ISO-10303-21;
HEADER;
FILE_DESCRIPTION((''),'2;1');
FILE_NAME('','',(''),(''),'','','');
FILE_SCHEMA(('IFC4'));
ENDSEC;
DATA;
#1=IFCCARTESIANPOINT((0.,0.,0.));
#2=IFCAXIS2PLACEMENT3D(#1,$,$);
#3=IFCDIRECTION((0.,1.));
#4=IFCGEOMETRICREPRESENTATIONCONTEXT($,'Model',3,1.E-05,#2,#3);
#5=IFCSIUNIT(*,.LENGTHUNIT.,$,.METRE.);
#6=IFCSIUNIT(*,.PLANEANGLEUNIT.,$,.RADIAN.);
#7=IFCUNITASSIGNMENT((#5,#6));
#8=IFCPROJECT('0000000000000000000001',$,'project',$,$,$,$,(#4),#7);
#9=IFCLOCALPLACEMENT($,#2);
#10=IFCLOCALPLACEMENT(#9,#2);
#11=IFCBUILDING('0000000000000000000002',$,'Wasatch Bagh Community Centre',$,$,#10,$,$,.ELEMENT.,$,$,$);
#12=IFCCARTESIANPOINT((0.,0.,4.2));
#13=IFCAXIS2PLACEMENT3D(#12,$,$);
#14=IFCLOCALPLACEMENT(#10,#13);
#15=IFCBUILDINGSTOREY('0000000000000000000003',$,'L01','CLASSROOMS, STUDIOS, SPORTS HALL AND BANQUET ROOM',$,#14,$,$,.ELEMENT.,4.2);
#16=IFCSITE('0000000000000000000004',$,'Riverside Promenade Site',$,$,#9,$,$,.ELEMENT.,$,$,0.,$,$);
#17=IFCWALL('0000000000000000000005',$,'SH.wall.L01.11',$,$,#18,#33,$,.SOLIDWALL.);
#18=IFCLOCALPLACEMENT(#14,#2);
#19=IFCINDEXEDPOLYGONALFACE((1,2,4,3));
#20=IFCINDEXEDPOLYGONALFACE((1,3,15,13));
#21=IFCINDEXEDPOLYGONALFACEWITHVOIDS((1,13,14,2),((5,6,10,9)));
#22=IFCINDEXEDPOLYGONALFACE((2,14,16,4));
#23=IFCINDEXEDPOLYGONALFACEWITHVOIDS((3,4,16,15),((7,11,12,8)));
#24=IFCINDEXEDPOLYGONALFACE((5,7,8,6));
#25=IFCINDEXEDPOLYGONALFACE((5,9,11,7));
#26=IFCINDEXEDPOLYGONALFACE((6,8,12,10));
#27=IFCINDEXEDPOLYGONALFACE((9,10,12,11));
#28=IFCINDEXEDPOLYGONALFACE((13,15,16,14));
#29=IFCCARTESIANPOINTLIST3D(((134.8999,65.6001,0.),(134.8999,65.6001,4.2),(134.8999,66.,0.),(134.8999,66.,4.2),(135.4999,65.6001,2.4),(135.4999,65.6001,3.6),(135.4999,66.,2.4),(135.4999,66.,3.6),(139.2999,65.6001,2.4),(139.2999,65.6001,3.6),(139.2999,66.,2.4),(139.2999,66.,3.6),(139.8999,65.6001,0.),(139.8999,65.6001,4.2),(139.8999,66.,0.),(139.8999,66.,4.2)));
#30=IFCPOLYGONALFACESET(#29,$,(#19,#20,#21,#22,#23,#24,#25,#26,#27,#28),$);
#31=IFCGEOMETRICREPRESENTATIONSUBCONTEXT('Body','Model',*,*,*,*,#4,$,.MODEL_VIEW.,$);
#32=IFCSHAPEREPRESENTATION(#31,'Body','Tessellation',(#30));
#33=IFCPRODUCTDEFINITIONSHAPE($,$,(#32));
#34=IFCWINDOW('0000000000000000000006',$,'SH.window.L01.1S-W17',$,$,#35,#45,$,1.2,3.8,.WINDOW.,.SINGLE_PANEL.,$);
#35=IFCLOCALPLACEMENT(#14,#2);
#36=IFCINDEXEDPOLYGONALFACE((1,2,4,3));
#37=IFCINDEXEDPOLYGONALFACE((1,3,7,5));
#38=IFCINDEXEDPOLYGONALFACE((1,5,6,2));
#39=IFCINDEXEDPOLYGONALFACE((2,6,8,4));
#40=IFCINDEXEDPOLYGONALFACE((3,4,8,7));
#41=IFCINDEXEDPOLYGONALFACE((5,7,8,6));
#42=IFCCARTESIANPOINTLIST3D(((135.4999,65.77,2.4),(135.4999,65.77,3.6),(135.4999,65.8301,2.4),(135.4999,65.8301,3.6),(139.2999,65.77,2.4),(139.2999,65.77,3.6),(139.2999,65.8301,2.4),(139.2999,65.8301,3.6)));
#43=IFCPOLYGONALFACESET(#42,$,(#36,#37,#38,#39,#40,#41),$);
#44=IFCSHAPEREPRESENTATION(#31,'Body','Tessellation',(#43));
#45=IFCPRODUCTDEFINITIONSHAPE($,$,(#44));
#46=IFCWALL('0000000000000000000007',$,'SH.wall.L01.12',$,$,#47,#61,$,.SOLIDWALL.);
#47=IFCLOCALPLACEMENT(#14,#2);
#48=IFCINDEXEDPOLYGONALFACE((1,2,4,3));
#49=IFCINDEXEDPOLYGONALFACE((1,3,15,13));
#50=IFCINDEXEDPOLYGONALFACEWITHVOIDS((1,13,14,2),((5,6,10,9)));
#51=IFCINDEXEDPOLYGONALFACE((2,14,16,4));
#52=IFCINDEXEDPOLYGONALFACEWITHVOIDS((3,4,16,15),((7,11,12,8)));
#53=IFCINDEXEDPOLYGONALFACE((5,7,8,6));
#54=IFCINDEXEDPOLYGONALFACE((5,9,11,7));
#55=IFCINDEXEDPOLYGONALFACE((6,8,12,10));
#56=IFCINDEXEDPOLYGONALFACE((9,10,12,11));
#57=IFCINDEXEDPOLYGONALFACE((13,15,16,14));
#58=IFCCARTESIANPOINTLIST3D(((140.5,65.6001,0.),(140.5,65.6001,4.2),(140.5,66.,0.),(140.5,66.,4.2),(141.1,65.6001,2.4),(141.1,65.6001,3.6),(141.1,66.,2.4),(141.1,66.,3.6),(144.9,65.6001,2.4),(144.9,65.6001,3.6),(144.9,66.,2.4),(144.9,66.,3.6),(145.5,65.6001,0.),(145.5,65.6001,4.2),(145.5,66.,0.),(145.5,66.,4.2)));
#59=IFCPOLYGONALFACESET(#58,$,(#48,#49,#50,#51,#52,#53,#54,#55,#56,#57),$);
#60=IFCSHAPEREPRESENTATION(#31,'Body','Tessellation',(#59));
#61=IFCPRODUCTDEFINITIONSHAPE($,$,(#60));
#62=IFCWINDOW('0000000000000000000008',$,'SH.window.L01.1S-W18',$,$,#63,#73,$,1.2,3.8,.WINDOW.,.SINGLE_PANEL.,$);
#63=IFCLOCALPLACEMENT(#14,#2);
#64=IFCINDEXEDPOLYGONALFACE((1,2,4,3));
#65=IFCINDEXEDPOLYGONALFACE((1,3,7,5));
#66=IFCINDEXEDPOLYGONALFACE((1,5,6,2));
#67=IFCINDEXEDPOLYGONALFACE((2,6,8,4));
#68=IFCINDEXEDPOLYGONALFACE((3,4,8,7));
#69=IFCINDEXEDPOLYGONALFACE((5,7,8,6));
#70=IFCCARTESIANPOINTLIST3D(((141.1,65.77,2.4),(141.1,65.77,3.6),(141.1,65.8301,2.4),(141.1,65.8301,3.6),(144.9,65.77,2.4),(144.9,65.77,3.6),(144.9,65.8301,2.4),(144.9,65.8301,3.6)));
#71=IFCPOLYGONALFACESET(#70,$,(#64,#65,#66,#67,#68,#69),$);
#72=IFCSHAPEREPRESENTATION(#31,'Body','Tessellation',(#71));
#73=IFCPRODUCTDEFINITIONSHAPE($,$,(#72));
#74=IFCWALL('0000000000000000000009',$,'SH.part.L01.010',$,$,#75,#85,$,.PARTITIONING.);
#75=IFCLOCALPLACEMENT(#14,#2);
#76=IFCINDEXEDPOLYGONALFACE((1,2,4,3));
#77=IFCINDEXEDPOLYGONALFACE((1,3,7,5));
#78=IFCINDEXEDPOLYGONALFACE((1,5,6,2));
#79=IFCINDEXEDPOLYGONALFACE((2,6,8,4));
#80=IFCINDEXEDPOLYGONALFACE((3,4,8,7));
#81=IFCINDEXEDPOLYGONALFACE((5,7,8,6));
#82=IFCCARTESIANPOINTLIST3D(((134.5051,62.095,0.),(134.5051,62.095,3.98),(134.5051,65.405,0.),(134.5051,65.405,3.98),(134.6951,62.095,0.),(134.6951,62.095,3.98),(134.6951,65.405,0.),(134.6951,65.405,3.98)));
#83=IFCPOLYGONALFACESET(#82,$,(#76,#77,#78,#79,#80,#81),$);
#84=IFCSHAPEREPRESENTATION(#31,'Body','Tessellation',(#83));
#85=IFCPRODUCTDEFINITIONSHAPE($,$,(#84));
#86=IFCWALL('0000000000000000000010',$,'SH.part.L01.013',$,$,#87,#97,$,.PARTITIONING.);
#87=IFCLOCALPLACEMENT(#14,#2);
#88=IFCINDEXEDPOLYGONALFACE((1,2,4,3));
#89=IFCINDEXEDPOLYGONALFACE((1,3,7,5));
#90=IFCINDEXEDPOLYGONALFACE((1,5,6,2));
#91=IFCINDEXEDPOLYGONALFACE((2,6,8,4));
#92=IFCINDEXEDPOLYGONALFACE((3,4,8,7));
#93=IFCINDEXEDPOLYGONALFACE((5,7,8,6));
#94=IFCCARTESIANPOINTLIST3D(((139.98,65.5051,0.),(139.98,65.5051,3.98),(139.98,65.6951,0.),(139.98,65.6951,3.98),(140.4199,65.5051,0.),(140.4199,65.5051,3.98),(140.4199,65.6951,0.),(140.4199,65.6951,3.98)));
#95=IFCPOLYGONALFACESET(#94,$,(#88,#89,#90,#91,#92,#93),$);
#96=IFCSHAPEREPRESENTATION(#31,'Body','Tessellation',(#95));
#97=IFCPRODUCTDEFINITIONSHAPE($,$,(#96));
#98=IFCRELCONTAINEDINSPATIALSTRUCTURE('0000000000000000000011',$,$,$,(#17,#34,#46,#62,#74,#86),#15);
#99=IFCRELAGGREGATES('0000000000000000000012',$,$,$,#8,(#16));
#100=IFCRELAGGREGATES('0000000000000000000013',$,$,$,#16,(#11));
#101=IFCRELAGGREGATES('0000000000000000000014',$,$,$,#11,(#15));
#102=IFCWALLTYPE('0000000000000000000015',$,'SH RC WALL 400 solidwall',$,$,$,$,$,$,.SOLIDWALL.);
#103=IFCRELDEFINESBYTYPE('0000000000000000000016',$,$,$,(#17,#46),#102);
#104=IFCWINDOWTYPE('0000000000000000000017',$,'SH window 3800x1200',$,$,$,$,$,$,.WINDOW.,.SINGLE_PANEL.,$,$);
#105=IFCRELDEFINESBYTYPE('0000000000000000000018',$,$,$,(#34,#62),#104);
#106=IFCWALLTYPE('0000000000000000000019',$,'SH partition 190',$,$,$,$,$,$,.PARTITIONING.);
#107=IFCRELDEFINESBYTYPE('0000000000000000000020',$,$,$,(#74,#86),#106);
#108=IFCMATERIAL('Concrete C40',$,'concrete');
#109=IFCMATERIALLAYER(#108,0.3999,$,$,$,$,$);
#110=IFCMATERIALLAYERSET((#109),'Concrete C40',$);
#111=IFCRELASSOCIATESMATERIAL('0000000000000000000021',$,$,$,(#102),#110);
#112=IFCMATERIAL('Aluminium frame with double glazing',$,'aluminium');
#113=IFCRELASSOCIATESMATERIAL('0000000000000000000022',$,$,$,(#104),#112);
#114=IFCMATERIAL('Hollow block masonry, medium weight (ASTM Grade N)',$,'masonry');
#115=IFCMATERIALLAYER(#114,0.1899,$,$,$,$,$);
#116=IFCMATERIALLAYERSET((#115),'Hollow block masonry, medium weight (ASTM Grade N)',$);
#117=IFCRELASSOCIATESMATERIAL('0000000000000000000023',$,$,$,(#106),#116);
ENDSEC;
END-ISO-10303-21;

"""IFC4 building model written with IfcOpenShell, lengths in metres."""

from ifc_helpers import new_model, si_unit, direction, frame, frame_2d, origin, place, context, subcontext, project, spatial, rectangle, extrude, material, layer, layer_set, type_object, element, fill, save


model = new_model("IFC4")

# Units and contexts
model_context = context("Model", 3, precision=1e-05, world=origin(), true_north=direction((0.0, 1.0)))
body_context = subcontext(model_context, "Body", "Model", "MODEL_VIEW")
ifc_project = project(units=[si_unit("LENGTHUNIT", "METRE"), si_unit("PLANEANGLEUNIT", "RADIAN")], contexts=[model_context])

# Site, building, storey
site_placement = place(None, origin())
site = spatial("IfcSite", under=ifc_project, at=site_placement, Name="Riverside Promenade Site", CompositionType="ELEMENT", RefElevation=0.0)
building_placement = place(site_placement, origin())
building = spatial("IfcBuilding", under=site, at=building_placement, Name="Wasatch Bagh Community Centre", CompositionType="ELEMENT")
storey_placement = place(building_placement, frame((0.0, 0.0, 4.2)))
storey = spatial("IfcBuildingStorey", under=building, at=storey_placement, Name="L01", Description="CLASSROOMS, STUDIOS, SPORTS HALL AND BANQUET ROOM", CompositionType="ELEMENT", Elevation=4.2)

# Shared definitions
ifc_material_1 = material(Name="Concrete C40", Category="concrete")

# Walls, openings, windows
ifc_layer_1 = layer(ifc_material_1, 0.3999)
ifc_layer_set_1 = layer_set([ifc_layer_1], Name="Concrete C40")
wall_type_1 = type_object("IfcWallType", Name="SH RC WALL 400 solidwall", PredefinedType="SOLIDWALL", material=ifc_layer_set_1)
ifc_material_2 = material(Name="Aluminium frame with double glazing", Category="aluminium")
window_type = type_object("IfcWindowType", Name="SH window 3800x1200", PartitioningType="SINGLE_PANEL", PredefinedType="WINDOW", material=ifc_material_2)
wall_1_placement = place(storey_placement, frame((134.8999, 65.8, 0.0), z_axis=(0.0, 0.0, 1.0), x_axis=(1.0, 0.0, 0.0)))
wall_1 = element("IfcWall", 1, at=wall_1_placement, inside=storey, type_object=wall_type_1, Name="SH.wall.L01.11", PredefinedType="SOLIDWALL", context=body_context, shape_type="SweptSolid", body=[
    extrude(rectangle(XDim=5.0, YDim=0.3999, at=frame_2d((2.5, 0.0))), origin(), (0.0, 0.0, 1.0), 4.2),
])
opening_1_placement = place(wall_1_placement, frame((0.6001, 0.0, 2.3999)))
opening_1 = element("IfcOpeningElement", 2, at=opening_1_placement, cuts=wall_1, PredefinedType="OPENING", context=body_context, shape_type="SweptSolid", body=[
    extrude(rectangle(XDim=3.8, YDim=1.2, at=frame_2d((1.8999, 0.6001))), frame((0.0, 0.21, 0.0), z_axis=(0.0, -1.0, 0.0), x_axis=(1.0, 0.0, 0.0)), (0.0, 0.0, 1.0), 0.4199),
])
window_1_placement = place(opening_1_placement, origin())
window_1 = element("IfcWindow", 3, at=window_1_placement, inside=storey, type_object=window_type, Name="SH.window.L01.1S-W17", OverallHeight=1.2, OverallWidth=3.8, PartitioningType="SINGLE_PANEL", PredefinedType="WINDOW", context=body_context, shape_type="SweptSolid", body=[
    extrude(rectangle(XDim=3.8, YDim=1.2, at=frame_2d((1.8999, 0.6001))), frame((0.0, 0.03, 0.0), z_axis=(0.0, -1.0, 0.0), x_axis=(1.0, 0.0, 0.0)), (0.0, 0.0, 1.0), 0.0601),
])
fill(opening_1, window_1)
wall_2_placement = place(storey_placement, frame((140.5, 65.8, 0.0), z_axis=(0.0, 0.0, 1.0), x_axis=(1.0, 0.0, 0.0)))
wall_2 = element("IfcWall", 4, at=wall_2_placement, inside=storey, type_object=wall_type_1, Name="SH.wall.L01.12", PredefinedType="SOLIDWALL", context=body_context, shape_type="SweptSolid", body=[
    extrude(rectangle(XDim=5.0, YDim=0.3999, at=frame_2d((2.5, 0.0))), origin(), (0.0, 0.0, 1.0), 4.2),
])
opening_2_placement = place(wall_2_placement, frame((0.6001, 0.0, 2.3999)))
opening_2 = element("IfcOpeningElement", 5, at=opening_2_placement, cuts=wall_2, PredefinedType="OPENING", context=body_context, shape_type="SweptSolid", body=[
    extrude(rectangle(XDim=3.8, YDim=1.2, at=frame_2d((1.8999, 0.6001))), frame((0.0, 0.21, 0.0), z_axis=(0.0, -1.0, 0.0), x_axis=(1.0, 0.0, 0.0)), (0.0, 0.0, 1.0), 0.4199),
])
window_2_placement = place(opening_2_placement, origin())
window_2 = element("IfcWindow", 6, at=window_2_placement, inside=storey, type_object=window_type, Name="SH.window.L01.1S-W18", OverallHeight=1.2, OverallWidth=3.8, PartitioningType="SINGLE_PANEL", PredefinedType="WINDOW", context=body_context, shape_type="SweptSolid", body=[
    extrude(rectangle(XDim=3.8, YDim=1.2, at=frame_2d((1.8999, 0.6001))), frame((0.0, 0.03, 0.0), z_axis=(0.0, -1.0, 0.0), x_axis=(1.0, 0.0, 0.0)), (0.0, 0.0, 1.0), 0.0601),
])
fill(opening_2, window_2)

# Shared definitions
ifc_material_3 = material(Name="Hollow block masonry, medium weight (ASTM Grade N)", Category="masonry")
ifc_layer_2 = layer(ifc_material_3, 0.1899)
ifc_layer_set_2 = layer_set([ifc_layer_2], Name="Hollow block masonry, medium weight (ASTM Grade N)")
wall_type_2 = type_object("IfcWallType", Name="SH partition 190", PredefinedType="PARTITIONING", material=ifc_layer_set_2)

# Walls
wall_3_placement = place(storey_placement, frame((134.6001, 65.405, 0.0), z_axis=(0.0, 0.0, 1.0), x_axis=(0.0, -1.0, 0.0)))
element("IfcWall", 7, at=wall_3_placement, inside=storey, type_object=wall_type_2, Name="SH.part.L01.010", PredefinedType="PARTITIONING", context=body_context, shape_type="SweptSolid", body=[
    extrude(rectangle(XDim=3.3101, YDim=0.1899, at=frame_2d((1.655, 0.0))), origin(), (0.0, 0.0, 1.0), 3.98),
])
wall_4_placement = place(storey_placement, frame((140.4199, 65.6001, 0.0), z_axis=(0.0, 0.0, 1.0), x_axis=(-1.0, 0.0, 0.0)))
element("IfcWall", 8, at=wall_4_placement, inside=storey, type_object=wall_type_2, Name="SH.part.L01.013", PredefinedType="PARTITIONING", context=body_context, shape_type="SweptSolid", body=[
    extrude(rectangle(XDim=0.4399, YDim=0.1899, at=frame_2d((0.22, 0.0))), origin(), (0.0, 0.0, 1.0), 3.98),
])

save(model, "model.ifc")
